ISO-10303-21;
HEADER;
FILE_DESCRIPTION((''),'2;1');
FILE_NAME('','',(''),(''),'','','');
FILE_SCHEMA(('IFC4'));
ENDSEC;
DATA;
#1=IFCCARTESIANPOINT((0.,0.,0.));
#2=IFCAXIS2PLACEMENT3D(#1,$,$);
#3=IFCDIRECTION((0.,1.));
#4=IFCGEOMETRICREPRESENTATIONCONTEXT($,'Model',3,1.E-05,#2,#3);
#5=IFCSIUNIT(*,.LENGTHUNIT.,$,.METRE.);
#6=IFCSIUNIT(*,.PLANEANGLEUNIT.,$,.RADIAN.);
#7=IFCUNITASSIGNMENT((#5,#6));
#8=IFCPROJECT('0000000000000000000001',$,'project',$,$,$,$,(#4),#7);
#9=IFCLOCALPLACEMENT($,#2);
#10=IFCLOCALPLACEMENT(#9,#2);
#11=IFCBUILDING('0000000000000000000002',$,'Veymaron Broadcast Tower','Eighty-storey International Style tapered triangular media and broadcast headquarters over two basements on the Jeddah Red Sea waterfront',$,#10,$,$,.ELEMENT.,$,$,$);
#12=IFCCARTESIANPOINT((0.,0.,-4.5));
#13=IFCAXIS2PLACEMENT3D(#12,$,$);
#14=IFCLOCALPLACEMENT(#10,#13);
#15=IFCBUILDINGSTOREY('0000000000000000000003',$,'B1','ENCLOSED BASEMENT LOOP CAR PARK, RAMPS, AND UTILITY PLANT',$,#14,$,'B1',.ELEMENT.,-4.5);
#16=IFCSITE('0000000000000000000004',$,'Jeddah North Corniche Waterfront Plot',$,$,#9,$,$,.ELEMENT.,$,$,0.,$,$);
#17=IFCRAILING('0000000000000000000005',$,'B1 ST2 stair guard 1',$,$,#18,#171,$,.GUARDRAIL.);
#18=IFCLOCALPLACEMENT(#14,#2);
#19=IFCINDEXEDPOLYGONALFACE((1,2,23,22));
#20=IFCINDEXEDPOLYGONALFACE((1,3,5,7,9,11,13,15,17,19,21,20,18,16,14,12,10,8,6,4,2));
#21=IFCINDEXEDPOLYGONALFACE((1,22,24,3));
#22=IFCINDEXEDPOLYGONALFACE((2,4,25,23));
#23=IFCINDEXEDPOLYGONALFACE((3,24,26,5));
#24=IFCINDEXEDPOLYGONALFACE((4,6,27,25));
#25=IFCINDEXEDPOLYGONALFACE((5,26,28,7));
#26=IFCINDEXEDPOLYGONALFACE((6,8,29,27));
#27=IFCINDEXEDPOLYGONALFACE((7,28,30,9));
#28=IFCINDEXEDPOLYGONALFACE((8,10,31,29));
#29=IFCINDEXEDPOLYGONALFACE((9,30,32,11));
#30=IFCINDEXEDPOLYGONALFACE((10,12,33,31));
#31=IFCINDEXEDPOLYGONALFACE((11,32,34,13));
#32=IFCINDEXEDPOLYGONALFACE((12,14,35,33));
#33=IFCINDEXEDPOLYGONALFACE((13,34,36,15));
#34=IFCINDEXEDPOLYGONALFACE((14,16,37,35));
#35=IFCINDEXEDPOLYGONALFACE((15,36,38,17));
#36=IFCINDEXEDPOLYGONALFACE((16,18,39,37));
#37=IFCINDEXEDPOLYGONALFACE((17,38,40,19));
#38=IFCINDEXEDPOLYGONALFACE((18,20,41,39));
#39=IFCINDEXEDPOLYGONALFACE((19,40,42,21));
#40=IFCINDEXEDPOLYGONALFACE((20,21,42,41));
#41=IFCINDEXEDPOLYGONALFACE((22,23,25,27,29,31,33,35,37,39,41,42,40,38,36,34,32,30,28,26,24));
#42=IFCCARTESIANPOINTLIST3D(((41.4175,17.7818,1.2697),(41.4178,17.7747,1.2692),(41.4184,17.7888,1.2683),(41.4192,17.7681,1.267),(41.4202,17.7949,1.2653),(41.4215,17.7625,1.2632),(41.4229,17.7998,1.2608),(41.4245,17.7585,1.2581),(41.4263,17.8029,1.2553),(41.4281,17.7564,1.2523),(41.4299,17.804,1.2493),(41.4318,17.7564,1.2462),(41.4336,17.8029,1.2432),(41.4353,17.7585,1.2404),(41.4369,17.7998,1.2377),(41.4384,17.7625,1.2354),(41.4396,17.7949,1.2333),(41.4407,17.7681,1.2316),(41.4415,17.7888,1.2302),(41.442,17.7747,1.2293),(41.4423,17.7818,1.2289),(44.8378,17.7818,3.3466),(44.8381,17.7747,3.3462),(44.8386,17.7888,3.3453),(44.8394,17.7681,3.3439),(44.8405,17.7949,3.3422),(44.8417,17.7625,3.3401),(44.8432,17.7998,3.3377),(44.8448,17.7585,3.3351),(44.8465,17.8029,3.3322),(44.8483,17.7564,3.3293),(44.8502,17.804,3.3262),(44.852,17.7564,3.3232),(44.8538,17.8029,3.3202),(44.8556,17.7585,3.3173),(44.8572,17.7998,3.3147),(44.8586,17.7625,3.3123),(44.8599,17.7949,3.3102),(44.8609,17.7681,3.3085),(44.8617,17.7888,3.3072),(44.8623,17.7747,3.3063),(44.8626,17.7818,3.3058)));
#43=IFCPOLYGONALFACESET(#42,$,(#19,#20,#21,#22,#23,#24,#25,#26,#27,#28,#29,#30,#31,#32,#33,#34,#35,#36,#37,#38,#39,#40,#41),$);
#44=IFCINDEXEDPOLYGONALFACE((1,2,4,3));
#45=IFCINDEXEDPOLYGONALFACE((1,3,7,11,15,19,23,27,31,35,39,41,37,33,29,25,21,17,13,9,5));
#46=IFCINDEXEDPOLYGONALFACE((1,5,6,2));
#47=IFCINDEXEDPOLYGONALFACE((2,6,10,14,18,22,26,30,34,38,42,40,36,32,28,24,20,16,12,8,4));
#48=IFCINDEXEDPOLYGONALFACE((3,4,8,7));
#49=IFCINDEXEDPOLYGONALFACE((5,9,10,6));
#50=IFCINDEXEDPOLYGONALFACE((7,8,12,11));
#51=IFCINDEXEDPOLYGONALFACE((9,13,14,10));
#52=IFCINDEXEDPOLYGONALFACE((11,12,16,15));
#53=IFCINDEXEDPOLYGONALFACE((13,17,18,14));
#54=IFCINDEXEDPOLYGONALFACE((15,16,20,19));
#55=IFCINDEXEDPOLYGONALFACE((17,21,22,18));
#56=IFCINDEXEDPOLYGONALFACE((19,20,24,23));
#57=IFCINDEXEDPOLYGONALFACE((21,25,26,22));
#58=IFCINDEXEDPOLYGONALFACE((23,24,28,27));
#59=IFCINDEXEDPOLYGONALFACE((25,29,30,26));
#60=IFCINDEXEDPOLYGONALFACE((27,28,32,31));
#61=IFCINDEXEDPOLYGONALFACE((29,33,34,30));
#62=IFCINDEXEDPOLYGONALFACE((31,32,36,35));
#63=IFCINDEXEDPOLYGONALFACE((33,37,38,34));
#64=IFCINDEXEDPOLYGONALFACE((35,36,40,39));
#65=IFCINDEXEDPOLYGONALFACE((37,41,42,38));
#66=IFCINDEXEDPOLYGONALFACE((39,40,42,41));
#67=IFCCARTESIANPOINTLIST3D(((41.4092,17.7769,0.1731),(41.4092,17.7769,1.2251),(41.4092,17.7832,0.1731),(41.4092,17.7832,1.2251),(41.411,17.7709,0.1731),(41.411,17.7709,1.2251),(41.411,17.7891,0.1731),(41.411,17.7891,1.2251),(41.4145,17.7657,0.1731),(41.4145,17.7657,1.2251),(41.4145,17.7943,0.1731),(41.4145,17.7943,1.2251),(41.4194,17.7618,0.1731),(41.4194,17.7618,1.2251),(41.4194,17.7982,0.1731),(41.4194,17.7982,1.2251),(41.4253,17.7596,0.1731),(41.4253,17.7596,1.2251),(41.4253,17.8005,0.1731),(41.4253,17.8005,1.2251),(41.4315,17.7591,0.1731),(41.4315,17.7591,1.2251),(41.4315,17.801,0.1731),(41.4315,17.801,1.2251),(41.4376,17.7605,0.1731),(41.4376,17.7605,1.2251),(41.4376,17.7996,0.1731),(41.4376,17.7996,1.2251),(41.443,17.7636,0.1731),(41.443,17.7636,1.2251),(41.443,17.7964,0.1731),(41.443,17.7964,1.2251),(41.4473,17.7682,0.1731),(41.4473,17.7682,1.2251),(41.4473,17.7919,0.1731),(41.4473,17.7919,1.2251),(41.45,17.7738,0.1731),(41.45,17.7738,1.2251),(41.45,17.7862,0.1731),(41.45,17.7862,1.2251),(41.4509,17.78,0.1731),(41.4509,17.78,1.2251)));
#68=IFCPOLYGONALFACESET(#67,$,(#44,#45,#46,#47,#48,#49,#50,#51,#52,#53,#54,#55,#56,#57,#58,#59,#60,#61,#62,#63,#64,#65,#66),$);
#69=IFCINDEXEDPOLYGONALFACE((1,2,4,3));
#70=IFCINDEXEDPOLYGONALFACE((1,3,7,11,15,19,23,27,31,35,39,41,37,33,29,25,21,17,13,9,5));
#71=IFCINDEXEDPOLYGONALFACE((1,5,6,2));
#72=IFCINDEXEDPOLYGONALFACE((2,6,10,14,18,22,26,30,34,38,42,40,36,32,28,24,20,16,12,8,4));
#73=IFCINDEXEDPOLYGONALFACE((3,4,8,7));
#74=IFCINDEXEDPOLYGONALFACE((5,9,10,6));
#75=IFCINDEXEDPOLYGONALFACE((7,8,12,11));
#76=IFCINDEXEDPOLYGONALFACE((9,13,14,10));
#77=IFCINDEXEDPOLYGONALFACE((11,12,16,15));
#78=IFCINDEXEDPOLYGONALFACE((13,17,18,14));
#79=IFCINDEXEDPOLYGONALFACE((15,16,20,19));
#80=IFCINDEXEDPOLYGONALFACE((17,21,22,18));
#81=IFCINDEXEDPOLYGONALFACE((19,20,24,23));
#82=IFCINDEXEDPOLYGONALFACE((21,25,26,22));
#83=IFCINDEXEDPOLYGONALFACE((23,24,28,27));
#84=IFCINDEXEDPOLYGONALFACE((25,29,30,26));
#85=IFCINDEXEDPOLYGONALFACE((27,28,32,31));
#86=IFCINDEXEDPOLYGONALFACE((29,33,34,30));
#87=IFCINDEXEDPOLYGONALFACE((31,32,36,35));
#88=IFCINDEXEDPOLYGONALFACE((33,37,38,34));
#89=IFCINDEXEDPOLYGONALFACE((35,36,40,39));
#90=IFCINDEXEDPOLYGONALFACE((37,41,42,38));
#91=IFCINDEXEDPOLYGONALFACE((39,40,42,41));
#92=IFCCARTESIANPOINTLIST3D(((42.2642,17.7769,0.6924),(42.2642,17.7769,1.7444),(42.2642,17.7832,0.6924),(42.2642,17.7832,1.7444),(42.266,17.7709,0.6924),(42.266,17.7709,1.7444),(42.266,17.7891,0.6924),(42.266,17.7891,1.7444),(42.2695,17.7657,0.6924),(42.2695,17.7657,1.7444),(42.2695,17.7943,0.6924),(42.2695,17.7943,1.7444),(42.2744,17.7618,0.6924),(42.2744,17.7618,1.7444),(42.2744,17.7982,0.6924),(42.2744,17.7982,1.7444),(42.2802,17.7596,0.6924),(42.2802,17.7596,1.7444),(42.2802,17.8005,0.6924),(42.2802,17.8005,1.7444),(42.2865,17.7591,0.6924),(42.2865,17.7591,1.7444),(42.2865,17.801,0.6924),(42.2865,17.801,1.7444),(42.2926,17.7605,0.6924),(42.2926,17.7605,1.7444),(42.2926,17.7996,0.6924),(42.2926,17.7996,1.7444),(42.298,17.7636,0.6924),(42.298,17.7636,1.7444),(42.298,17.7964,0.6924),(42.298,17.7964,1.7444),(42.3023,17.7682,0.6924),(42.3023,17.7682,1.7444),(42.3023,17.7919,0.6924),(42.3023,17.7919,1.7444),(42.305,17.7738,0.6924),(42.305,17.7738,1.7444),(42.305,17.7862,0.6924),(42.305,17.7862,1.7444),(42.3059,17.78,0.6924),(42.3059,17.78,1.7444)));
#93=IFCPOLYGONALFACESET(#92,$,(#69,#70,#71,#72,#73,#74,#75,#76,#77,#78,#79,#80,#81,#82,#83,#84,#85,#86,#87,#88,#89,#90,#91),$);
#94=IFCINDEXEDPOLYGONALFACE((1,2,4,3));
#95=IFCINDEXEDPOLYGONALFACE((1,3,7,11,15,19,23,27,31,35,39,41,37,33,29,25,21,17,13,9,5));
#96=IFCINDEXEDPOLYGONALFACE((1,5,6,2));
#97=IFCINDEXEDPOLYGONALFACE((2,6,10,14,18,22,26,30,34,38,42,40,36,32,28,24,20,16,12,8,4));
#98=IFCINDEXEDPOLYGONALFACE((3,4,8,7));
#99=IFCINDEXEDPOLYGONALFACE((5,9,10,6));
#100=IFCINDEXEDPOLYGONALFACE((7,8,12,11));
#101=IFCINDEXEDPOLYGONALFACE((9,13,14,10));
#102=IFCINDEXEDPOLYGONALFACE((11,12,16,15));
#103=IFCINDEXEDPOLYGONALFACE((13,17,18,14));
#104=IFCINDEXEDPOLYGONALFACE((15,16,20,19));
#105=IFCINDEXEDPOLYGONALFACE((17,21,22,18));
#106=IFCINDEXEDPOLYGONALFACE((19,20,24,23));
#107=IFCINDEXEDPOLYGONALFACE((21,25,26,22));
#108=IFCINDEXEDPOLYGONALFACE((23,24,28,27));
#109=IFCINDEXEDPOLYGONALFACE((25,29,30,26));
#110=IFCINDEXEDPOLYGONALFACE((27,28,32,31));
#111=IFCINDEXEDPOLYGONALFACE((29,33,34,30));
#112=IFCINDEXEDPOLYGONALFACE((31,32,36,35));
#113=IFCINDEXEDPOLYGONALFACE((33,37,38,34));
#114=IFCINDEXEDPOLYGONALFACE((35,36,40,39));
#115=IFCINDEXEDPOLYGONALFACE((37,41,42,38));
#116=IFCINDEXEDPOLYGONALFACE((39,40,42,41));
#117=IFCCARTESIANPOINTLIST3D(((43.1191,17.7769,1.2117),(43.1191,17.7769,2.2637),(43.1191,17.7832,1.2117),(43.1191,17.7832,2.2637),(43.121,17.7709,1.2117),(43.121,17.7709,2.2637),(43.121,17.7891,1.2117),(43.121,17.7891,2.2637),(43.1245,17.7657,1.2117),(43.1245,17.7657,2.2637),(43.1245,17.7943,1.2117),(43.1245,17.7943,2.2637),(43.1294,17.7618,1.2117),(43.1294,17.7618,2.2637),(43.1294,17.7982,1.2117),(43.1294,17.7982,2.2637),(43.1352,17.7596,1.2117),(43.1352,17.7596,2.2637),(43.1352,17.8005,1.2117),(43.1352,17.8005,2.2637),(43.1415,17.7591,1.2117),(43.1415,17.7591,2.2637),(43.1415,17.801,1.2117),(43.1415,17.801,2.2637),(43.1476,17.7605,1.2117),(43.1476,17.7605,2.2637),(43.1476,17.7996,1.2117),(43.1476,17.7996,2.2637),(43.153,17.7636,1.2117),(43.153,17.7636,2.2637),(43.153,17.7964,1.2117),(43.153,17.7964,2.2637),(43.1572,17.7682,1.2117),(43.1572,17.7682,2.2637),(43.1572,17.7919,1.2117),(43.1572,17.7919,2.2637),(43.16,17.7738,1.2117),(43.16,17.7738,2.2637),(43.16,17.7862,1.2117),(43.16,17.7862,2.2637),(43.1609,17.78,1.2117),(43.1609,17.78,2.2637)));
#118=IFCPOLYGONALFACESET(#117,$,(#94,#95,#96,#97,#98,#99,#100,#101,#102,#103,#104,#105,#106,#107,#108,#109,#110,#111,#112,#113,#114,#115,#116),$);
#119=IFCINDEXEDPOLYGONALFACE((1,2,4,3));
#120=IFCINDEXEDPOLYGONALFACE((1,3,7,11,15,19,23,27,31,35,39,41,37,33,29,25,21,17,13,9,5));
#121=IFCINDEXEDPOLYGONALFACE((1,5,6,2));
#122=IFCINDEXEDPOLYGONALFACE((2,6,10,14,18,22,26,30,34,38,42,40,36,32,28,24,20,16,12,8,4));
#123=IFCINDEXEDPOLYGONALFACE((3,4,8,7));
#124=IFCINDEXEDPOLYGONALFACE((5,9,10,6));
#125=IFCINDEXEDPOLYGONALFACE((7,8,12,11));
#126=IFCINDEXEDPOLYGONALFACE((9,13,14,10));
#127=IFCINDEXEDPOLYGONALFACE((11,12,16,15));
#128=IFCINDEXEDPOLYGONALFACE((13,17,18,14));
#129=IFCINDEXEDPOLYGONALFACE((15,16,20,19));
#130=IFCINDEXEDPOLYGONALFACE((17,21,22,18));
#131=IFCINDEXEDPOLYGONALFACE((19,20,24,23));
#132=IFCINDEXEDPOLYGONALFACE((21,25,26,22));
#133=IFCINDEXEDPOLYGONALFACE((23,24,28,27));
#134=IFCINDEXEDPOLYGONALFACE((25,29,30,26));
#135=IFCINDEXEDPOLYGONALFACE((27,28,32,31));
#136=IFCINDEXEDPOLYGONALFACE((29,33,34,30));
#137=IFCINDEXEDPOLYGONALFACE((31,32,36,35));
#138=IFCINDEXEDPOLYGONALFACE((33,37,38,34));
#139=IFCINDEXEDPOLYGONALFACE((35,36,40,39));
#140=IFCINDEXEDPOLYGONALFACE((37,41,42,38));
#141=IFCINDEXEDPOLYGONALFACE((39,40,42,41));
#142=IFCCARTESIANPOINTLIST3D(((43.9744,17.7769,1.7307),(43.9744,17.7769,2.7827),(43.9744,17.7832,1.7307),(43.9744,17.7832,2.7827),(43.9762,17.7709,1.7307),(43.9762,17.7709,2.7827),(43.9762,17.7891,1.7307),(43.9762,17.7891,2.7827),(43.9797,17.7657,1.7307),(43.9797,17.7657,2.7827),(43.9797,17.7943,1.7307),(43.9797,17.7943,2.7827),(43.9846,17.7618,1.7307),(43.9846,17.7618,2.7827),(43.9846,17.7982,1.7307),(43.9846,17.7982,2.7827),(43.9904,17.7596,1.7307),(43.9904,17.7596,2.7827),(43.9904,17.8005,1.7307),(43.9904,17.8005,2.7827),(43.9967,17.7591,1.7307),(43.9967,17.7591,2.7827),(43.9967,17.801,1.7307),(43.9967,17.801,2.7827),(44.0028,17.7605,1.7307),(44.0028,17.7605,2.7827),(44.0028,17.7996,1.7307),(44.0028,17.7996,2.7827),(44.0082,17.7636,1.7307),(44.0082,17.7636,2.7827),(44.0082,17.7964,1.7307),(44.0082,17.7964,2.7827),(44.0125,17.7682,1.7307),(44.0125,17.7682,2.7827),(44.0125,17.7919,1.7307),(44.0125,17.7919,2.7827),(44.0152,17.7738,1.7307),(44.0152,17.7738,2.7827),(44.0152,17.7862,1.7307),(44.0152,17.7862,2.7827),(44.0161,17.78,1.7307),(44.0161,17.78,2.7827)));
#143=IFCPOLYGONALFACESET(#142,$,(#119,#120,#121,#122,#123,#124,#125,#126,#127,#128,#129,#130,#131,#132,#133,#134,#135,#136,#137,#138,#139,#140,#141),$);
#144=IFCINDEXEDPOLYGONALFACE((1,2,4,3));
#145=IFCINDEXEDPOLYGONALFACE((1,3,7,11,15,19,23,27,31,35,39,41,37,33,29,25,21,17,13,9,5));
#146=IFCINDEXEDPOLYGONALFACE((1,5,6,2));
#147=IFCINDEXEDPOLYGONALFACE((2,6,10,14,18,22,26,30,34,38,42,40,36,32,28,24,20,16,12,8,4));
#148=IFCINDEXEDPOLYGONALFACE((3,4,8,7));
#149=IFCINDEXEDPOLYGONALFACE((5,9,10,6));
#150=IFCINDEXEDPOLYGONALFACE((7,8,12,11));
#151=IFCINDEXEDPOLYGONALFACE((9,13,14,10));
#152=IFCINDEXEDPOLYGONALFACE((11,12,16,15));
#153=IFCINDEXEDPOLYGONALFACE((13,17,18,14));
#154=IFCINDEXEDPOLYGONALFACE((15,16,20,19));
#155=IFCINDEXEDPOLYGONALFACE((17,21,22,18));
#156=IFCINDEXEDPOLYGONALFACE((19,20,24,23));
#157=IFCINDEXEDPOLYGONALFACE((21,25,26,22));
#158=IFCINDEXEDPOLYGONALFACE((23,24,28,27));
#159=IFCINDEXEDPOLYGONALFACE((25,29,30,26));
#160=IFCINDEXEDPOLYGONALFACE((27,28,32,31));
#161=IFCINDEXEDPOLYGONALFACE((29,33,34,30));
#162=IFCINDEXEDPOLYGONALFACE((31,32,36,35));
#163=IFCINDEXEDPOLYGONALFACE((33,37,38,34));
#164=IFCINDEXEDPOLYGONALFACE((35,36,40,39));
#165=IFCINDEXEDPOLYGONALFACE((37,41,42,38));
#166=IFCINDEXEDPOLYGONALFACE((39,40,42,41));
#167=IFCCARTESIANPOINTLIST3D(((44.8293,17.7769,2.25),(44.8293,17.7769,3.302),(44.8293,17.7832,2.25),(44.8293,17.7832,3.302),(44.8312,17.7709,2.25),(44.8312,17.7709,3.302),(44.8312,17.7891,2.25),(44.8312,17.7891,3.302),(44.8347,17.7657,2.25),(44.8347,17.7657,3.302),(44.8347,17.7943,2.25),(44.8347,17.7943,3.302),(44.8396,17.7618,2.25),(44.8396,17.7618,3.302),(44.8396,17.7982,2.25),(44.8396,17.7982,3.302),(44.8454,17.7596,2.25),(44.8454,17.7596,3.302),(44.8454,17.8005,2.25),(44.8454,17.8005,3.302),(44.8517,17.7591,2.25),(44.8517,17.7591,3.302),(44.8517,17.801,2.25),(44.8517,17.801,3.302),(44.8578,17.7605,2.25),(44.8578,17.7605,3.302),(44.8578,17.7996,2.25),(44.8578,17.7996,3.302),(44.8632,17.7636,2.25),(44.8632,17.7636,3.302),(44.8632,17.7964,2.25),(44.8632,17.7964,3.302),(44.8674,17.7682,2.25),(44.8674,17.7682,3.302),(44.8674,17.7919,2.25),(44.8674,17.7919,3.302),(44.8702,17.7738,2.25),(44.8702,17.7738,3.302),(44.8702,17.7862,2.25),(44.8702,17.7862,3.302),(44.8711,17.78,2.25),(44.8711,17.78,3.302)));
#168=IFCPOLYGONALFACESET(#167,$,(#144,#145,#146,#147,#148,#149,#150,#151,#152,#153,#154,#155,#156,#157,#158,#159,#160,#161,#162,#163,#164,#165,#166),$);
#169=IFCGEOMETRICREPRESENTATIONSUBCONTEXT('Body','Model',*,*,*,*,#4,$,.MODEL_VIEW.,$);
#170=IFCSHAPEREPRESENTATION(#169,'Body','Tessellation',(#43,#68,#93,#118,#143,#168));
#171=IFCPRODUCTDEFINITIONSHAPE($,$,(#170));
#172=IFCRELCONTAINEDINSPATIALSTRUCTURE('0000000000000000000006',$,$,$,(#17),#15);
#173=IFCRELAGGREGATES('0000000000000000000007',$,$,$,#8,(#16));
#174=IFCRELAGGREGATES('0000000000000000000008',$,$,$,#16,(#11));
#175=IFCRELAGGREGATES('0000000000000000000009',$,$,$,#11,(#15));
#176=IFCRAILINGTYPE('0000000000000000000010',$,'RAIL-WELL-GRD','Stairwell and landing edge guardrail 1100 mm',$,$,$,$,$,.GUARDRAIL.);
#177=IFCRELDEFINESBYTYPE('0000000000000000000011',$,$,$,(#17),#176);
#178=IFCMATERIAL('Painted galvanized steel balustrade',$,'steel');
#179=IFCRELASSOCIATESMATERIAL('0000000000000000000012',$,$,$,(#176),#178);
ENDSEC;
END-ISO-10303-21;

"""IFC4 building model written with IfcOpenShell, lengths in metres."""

from ifc_helpers import new_model, si_unit, direction, frame, origin, origin_2d, place, context, subcontext, project, spatial, circle, extrude, material, type_object, element, save


model = new_model("IFC4")

# Units and contexts
model_context = context("Model", 3, precision=1e-05, world=origin(), true_north=direction((0.0, 1.0)))
body_context = subcontext(model_context, "Body", "Model", "MODEL_VIEW")
ifc_project = project(units=[si_unit("LENGTHUNIT", "METRE"), si_unit("PLANEANGLEUNIT", "RADIAN")], contexts=[model_context])

# Site, building, storey
site_placement = place(None, origin())
site = spatial("IfcSite", under=ifc_project, at=site_placement, Name="Jeddah North Corniche Waterfront Plot", CompositionType="ELEMENT", RefElevation=0.0)
building_placement = place(site_placement, origin())
building = spatial("IfcBuilding", under=site, at=building_placement, Name="Veymaron Broadcast Tower", Description="Eighty-storey International Style tapered triangular media and broadcast headquarters over two basements on the Jeddah Red Sea waterfront", CompositionType="ELEMENT")
storey_placement = place(building_placement, frame((0.0, 0.0, -4.5)))
storey = spatial("IfcBuildingStorey", under=building, at=storey_placement, Name="B1", Description="ENCLOSED BASEMENT LOOP CAR PARK, RAMPS, AND UTILITY PLANT", LongName="B1", CompositionType="ELEMENT", Elevation=-4.5)

# Railing
ifc_material_1 = material(Name="Painted galvanized steel balustrade", Category="steel")
railing_type_1 = type_object("IfcRailingType", Name="RAIL-WELL-GRD", Description="Stairwell and landing edge guardrail 1100 mm", PredefinedType="GUARDRAIL", material=ifc_material_1)
railing_1_placement = place(storey_placement, frame((41.4299, 17.78, 0.1731)))
element("IfcRailing", 1, at=railing_1_placement, inside=storey, type_object=railing_type_1, Name="B1 ST2 stair guard 1", PredefinedType="GUARDRAIL", context=body_context, shape_type="SweptSolid", body=[
    extrude(circle(Radius=0.0239, at=origin_2d()), frame((0.0, 0.0, 1.0762), z_axis=(0.854746, 0.0, 0.519047), x_axis=(0.0, 1.0, 0.0)), (0.0, 0.0, 1.0), 4.0015),
    extrude(circle(Radius=0.021, at=origin_2d()), origin(), (0.0, 0.0, 1.0), 1.052),
    extrude(circle(Radius=0.021, at=origin_2d()), frame((0.855, 0.0, 0.5193)), (0.0, 0.0, 1.0), 1.052),
    extrude(circle(Radius=0.021, at=origin_2d()), frame((1.71, 0.0, 1.0386)), (0.0, 0.0, 1.0), 1.052),
    extrude(circle(Radius=0.021, at=origin_2d()), frame((2.5652, 0.0, 1.5576)), (0.0, 0.0, 1.0), 1.052),
    extrude(circle(Radius=0.021, at=origin_2d()), frame((3.4202, 0.0, 2.0769)), (0.0, 0.0, 1.0), 1.052),
])

save(model, "model.ifc")
